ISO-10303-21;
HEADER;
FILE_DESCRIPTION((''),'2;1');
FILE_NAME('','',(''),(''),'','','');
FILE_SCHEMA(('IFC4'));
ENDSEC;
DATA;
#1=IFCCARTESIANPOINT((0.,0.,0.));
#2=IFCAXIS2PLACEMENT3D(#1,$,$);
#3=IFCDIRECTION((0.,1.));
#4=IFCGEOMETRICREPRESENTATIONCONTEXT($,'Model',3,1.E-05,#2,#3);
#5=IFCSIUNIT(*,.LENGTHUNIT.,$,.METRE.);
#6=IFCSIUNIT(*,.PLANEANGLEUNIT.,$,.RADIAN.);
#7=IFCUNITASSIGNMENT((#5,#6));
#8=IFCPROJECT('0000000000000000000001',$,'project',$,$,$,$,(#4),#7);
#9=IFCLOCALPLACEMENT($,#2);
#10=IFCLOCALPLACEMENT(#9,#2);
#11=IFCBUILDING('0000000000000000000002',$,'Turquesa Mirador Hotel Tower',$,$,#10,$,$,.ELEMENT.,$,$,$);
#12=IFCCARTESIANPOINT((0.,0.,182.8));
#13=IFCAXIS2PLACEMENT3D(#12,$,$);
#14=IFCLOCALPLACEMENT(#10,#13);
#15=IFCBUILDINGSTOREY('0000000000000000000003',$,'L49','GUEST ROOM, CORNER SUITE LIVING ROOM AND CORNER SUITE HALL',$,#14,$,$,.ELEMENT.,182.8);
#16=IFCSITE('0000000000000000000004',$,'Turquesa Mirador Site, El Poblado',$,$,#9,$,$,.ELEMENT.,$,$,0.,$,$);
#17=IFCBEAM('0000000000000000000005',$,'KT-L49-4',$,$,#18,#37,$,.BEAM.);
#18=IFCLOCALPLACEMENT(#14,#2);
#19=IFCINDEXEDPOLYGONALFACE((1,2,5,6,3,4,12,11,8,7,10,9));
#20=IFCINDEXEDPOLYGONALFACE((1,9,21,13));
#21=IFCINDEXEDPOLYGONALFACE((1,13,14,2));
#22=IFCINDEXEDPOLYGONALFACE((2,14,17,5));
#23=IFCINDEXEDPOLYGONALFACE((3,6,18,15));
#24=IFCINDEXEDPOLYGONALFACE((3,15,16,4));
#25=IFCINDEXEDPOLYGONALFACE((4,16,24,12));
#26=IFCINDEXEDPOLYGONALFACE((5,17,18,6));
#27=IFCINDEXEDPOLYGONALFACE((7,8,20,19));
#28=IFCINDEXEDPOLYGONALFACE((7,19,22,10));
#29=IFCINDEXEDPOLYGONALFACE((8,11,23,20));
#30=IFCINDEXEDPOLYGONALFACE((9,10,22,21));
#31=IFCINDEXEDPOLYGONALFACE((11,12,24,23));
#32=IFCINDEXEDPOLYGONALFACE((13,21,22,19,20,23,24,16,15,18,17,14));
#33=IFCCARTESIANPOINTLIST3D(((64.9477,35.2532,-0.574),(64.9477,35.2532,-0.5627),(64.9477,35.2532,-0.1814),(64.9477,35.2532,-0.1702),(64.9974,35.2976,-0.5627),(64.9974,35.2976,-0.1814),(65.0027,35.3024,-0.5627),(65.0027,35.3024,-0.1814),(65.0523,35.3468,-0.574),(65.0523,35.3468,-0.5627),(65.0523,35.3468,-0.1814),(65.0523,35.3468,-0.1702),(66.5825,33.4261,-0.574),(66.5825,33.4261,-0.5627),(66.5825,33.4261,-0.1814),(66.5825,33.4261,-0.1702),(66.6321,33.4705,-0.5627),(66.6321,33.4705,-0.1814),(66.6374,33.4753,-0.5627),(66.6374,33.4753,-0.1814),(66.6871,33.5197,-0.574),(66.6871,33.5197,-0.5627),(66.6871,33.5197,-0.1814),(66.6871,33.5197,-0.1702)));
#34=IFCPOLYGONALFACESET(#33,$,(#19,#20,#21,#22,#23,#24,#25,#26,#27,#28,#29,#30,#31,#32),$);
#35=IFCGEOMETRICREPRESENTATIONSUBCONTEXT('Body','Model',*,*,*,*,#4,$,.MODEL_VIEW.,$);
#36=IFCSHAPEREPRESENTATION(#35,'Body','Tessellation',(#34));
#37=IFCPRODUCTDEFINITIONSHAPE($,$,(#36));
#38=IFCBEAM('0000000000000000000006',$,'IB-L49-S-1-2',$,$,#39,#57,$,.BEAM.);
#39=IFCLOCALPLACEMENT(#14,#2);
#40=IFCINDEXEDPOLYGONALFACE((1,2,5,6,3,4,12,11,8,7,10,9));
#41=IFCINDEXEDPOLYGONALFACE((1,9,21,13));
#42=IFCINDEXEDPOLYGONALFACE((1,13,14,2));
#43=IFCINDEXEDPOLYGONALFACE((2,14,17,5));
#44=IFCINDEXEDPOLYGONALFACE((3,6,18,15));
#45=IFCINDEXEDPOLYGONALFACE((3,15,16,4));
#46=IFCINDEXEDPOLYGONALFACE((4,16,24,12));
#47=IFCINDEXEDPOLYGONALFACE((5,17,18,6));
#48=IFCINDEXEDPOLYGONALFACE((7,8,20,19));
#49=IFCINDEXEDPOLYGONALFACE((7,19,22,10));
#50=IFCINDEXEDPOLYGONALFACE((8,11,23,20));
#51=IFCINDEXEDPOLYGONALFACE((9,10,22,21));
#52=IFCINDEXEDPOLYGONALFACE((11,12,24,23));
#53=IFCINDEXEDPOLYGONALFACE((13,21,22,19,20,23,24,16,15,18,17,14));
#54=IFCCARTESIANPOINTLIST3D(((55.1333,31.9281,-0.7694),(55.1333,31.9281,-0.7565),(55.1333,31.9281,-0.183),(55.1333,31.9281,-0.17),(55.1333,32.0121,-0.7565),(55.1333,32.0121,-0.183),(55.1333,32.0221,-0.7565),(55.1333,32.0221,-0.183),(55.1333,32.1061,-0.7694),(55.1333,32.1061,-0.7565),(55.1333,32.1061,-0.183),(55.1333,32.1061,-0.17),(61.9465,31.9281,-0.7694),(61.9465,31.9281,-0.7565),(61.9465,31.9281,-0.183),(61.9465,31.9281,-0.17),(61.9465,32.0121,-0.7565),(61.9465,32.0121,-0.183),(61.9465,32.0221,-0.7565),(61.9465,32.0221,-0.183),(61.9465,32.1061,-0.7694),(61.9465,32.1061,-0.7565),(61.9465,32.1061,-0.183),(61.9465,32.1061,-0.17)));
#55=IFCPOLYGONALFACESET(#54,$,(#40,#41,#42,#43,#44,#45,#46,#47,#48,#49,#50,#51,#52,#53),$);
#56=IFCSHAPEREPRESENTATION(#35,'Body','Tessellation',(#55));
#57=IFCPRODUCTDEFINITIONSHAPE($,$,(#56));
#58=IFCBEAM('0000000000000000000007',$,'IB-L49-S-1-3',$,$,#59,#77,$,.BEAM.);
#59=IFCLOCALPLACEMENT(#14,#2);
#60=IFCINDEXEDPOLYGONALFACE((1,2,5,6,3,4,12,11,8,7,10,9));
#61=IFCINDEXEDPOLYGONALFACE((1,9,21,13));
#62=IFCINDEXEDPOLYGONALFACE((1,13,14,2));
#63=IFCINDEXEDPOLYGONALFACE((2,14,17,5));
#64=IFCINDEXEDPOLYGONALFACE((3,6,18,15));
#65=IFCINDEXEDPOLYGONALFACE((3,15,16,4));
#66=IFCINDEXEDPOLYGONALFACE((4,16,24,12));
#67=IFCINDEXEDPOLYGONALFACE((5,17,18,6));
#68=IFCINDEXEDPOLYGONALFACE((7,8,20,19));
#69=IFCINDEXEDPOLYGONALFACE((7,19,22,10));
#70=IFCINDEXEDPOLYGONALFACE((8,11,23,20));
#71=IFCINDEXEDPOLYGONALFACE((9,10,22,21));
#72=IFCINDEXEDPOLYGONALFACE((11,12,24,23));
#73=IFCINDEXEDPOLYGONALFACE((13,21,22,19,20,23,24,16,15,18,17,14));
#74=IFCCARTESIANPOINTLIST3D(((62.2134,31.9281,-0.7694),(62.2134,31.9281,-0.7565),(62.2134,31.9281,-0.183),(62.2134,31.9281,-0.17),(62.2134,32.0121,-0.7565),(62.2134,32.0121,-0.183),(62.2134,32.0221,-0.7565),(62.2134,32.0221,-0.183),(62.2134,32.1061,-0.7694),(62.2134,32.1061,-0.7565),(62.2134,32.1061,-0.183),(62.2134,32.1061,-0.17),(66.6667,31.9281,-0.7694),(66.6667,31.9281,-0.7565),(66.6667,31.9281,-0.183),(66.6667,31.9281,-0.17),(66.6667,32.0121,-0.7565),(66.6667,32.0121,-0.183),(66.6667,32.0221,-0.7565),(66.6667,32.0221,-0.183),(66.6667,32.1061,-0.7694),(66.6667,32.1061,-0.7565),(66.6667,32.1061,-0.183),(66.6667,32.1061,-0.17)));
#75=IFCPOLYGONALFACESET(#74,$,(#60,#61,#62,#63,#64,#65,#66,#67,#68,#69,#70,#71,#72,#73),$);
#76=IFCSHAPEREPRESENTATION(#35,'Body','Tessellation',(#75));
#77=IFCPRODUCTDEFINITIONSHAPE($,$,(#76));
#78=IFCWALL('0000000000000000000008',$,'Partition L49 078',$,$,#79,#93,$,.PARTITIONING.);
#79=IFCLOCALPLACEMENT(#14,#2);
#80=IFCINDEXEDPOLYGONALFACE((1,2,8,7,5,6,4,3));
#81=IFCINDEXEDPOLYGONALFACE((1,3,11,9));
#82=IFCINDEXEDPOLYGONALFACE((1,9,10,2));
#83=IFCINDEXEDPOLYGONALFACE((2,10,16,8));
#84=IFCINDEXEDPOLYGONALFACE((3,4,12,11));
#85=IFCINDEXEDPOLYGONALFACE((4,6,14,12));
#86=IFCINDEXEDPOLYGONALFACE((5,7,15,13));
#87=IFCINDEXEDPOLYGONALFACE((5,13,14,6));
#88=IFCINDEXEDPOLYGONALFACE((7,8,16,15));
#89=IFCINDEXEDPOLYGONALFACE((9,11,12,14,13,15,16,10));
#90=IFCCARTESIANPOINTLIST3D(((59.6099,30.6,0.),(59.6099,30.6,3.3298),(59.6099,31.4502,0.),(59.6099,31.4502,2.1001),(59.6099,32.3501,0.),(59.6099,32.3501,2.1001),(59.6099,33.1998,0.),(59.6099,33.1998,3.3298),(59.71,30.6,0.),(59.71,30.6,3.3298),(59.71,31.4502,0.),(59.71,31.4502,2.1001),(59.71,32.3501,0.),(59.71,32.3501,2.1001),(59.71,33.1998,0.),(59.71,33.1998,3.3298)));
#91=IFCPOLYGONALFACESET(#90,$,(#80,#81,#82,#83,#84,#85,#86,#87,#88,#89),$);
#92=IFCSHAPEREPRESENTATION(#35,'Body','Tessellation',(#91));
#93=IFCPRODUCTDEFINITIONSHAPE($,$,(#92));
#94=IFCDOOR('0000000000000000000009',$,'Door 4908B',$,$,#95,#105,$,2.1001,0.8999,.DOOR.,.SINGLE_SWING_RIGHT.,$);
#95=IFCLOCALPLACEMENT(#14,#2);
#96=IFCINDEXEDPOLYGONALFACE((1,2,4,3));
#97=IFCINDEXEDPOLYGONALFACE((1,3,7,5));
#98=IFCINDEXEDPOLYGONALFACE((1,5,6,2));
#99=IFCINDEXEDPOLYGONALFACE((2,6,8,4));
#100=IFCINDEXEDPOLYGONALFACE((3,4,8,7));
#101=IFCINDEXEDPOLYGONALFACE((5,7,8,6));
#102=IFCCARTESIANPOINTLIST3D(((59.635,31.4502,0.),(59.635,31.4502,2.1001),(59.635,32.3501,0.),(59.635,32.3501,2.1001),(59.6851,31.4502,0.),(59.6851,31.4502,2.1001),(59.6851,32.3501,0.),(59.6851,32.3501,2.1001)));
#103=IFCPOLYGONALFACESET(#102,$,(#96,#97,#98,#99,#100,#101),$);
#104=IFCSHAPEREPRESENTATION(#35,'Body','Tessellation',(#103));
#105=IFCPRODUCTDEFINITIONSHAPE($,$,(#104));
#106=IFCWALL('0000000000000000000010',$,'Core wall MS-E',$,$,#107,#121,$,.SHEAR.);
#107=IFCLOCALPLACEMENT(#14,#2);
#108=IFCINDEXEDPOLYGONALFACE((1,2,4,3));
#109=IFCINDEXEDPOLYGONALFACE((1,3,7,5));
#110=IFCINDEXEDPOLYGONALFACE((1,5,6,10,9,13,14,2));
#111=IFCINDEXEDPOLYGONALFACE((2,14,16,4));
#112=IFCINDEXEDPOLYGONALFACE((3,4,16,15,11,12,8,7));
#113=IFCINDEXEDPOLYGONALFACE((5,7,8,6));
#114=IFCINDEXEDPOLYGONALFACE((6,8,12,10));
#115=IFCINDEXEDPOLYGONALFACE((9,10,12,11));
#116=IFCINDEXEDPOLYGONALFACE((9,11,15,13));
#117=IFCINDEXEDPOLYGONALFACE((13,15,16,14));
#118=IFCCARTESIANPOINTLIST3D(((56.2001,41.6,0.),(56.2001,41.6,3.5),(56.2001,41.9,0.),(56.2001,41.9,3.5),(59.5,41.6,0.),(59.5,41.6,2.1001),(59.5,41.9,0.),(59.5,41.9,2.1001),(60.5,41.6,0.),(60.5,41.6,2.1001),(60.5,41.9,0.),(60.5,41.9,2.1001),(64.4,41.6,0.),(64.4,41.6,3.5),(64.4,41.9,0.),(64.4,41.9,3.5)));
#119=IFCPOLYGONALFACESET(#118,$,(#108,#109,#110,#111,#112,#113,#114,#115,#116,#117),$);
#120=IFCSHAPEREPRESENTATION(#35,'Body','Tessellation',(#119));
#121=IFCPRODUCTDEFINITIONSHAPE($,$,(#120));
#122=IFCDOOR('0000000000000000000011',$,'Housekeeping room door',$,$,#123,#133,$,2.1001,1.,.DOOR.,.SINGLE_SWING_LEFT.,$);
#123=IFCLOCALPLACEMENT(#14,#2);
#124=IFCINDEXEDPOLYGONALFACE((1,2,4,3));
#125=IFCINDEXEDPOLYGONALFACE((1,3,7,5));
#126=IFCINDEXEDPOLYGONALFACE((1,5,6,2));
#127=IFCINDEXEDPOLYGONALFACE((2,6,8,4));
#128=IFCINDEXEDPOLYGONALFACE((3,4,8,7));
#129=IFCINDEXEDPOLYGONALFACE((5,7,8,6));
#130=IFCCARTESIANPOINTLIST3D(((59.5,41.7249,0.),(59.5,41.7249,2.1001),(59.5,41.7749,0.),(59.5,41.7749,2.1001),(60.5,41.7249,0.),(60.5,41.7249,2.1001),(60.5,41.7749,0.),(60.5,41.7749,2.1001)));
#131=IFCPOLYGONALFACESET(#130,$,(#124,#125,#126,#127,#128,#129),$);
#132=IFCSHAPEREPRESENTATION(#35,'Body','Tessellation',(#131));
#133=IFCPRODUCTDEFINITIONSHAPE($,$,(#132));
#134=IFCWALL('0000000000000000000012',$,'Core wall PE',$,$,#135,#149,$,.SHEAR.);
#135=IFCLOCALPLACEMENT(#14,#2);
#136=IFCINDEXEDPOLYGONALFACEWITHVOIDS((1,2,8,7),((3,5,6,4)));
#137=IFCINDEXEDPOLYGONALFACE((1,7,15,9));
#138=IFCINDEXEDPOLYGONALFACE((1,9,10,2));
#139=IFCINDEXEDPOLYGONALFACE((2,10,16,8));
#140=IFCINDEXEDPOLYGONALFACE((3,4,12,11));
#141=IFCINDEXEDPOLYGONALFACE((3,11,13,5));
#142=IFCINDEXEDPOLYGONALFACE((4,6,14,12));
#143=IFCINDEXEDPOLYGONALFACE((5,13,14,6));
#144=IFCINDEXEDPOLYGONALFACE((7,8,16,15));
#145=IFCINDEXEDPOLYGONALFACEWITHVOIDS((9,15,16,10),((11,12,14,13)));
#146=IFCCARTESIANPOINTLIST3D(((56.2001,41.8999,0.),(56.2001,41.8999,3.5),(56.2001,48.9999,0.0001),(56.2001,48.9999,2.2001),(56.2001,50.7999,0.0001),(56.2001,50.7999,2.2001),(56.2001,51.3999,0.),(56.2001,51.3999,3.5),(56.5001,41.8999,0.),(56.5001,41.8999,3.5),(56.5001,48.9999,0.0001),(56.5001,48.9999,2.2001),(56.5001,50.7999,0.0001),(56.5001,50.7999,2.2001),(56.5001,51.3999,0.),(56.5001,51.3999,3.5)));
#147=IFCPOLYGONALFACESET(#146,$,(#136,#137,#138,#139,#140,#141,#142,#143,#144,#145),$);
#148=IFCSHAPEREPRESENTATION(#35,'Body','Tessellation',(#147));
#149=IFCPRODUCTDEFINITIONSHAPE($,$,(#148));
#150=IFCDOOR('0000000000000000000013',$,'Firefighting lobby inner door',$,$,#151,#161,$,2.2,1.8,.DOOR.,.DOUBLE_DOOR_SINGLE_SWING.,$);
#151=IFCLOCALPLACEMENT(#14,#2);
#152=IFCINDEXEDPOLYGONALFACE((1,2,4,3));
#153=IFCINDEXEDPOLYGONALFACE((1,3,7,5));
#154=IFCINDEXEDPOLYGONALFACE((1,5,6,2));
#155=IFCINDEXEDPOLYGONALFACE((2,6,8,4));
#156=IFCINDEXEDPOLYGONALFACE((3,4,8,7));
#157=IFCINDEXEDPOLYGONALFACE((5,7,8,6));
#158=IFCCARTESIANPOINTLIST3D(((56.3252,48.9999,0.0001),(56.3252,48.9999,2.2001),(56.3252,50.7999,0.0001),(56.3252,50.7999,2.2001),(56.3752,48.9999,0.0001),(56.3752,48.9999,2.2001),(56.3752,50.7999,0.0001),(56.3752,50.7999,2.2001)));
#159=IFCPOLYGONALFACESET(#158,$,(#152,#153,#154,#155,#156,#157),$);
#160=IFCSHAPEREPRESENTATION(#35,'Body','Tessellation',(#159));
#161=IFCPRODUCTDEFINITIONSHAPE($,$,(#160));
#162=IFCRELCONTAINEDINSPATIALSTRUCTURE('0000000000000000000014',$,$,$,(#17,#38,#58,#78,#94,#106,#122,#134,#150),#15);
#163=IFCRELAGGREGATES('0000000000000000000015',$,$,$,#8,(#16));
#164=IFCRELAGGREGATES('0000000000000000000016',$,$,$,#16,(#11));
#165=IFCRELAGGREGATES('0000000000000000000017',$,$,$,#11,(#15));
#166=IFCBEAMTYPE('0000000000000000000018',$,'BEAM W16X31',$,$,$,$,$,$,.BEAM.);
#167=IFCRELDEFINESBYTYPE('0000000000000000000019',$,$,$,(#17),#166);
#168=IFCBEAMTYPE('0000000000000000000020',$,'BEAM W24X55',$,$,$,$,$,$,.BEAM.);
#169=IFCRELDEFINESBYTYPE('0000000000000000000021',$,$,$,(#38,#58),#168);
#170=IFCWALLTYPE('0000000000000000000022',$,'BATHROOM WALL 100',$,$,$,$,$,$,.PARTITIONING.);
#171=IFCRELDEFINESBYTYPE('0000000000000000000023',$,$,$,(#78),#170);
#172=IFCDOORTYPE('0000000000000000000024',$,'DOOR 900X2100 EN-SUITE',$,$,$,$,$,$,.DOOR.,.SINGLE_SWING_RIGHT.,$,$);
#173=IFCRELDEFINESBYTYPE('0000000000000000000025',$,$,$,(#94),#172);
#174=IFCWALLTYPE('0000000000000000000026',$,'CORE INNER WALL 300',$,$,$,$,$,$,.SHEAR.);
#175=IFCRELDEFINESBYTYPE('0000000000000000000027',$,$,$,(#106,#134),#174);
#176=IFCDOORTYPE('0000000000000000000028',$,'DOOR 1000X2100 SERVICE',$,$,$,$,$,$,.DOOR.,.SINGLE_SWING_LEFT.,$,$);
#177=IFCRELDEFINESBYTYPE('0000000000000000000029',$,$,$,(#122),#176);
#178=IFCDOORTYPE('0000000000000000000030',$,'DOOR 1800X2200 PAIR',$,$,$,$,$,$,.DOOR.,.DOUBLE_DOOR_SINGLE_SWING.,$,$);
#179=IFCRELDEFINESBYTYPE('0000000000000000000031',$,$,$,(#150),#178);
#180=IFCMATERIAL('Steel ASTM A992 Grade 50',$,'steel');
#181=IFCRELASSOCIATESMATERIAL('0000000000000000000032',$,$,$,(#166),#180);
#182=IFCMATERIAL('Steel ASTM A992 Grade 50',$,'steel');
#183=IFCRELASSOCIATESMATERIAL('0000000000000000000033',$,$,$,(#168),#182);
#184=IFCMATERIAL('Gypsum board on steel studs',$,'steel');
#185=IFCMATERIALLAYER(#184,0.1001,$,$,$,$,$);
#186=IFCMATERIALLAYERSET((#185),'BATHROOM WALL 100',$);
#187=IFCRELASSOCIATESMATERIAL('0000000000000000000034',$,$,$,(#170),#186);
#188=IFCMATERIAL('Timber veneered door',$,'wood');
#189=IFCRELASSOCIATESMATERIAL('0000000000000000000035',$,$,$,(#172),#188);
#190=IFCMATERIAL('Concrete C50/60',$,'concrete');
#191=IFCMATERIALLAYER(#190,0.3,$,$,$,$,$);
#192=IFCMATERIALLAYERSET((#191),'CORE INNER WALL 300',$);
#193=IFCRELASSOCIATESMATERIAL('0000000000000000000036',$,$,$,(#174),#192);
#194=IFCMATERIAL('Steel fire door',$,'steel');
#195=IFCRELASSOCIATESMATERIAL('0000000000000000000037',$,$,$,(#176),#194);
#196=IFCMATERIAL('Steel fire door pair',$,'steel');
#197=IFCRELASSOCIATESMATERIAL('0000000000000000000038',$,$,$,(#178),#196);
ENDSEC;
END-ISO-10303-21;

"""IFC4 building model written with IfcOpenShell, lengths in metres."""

from ifc_helpers import new_model, si_unit, direction, frame, frame_2d, origin, origin_2d, place, context, subcontext, project, spatial, rectangle, i_section, extrude, material, layer, layer_set, material_profile, profile_set, type_object, element, fill, save


model = new_model("IFC4")

# Units and contexts
model_context = context("Model", 3, precision=1e-05, world=origin(), true_north=direction((0.0, 1.0)))
body_context = subcontext(model_context, "Body", "Model", "MODEL_VIEW")
ifc_project = project(units=[si_unit("LENGTHUNIT", "METRE"), si_unit("PLANEANGLEUNIT", "RADIAN")], contexts=[model_context])

# Site, building, storey
site_placement = place(None, origin())
site = spatial("IfcSite", under=ifc_project, at=site_placement, Name="Turquesa Mirador Site, El Poblado", CompositionType="ELEMENT", RefElevation=0.0)
building_placement = place(site_placement, origin())
building = spatial("IfcBuilding", under=site, at=building_placement, Name="Turquesa Mirador Hotel Tower", CompositionType="ELEMENT")
storey_placement = place(building_placement, frame((0.0, 0.0, 182.8)))
storey = spatial("IfcBuildingStorey", under=building, at=storey_placement, Name="L49", Description="GUEST ROOM, CORNER SUITE LIVING ROOM AND CORNER SUITE HALL", CompositionType="ELEMENT", Elevation=182.8)

# Beams
ifc_material_1 = material(Name="Steel ASTM A992 Grade 50", Category="steel")
ifc_material_profile_1 = material_profile(ifc_material_1, i_section(OverallWidth=0.1404, OverallDepth=0.4038, WebThickness=0.0071, FlangeThickness=0.0112, at=origin_2d()), Name="W16X31")
ifc_profile_set_1 = profile_set([ifc_material_profile_1], Name="Steel ASTM A992 Grade 50")
beam_type_1 = type_object("IfcBeamType", Name="BEAM W16X31", PredefinedType="BEAM", material=ifc_profile_set_1)
beam_1_placement = place(storey_placement, frame((66.6348, 33.4729, -0.3721), z_axis=(-0.666783, 0.745252, 0.0), x_axis=(-0.745252, -0.666783, 0.0)))
element("IfcBeam", 1, at=beam_1_placement, inside=storey, type_object=beam_type_1, Name="KT-L49-4", PredefinedType="BEAM", context=body_context, shape_type="SweptSolid", body=[
    extrude(i_section(OverallWidth=0.1404, OverallDepth=0.4038, WebThickness=0.0071, FlangeThickness=0.0112, at=origin_2d()), origin(), (0.0, 0.0, 1.0), 2.4517),
])
ifc_material_2 = material(Name="Steel ASTM A992 Grade 50", Category="steel")
ifc_material_profile_2 = material_profile(ifc_material_2, i_section(OverallWidth=0.178, OverallDepth=0.5994, WebThickness=0.01, FlangeThickness=0.0129, at=origin_2d()), Name="W24X55")
ifc_profile_set_2 = profile_set([ifc_material_profile_2], Name="Steel ASTM A992 Grade 50")
beam_type_2 = type_object("IfcBeamType", Name="BEAM W24X55", PredefinedType="BEAM", material=ifc_profile_set_2)
beam_2_placement = place(storey_placement, frame((55.1333, 32.0171, -0.4697), z_axis=(1.0, 0.0, 0.0), x_axis=(0.0, 1.0, 0.0)))
element("IfcBeam", 2, at=beam_2_placement, inside=storey, type_object=beam_type_2, Name="IB-L49-S-1-2", PredefinedType="BEAM", context=body_context, shape_type="SweptSolid", body=[
    extrude(i_section(OverallWidth=0.178, OverallDepth=0.5994, WebThickness=0.01, FlangeThickness=0.0129, at=origin_2d()), origin(), (0.0, 0.0, 1.0), 6.8132),
])
beam_3_placement = place(storey_placement, frame((62.2134, 32.0171, -0.4697), z_axis=(1.0, 0.0, 0.0), x_axis=(0.0, 1.0, 0.0)))
element("IfcBeam", 3, at=beam_3_placement, inside=storey, type_object=beam_type_2, Name="IB-L49-S-1-3", PredefinedType="BEAM", context=body_context, shape_type="SweptSolid", body=[
    extrude(i_section(OverallWidth=0.178, OverallDepth=0.5994, WebThickness=0.01, FlangeThickness=0.0129, at=origin_2d()), origin(), (0.0, 0.0, 1.0), 4.4534),
])

# Walls, openings, doors
ifc_material_3 = material(Name="Gypsum board on steel studs", Category="steel")
ifc_layer_1 = layer(ifc_material_3, 0.1001)
ifc_layer_set_1 = layer_set([ifc_layer_1], Name="BATHROOM WALL 100")
wall_type_1 = type_object("IfcWallType", Name="BATHROOM WALL 100", PredefinedType="PARTITIONING", material=ifc_layer_set_1)
wall_1_placement = place(storey_placement, frame((59.6599, 30.6001, 0.0), z_axis=(0.0, 0.0, 1.0), x_axis=(0.0, 1.0, 0.0)))
wall_1 = element("IfcWall", 4, at=wall_1_placement, inside=storey, type_object=wall_type_1, Name="Partition L49 078", PredefinedType="PARTITIONING", context=body_context, shape_type="SweptSolid", body=[
    extrude(rectangle(XDim=2.5999, YDim=0.1001, at=frame_2d((1.2998, 0.0))), origin(), (0.0, 0.0, 1.0), 3.3298),
])
opening_1_placement = place(wall_1_placement, frame((0.8501, 0.0, 0.0)))
opening_1 = element("IfcOpeningElement", 5, at=opening_1_placement, cuts=wall_1, PredefinedType="OPENING", context=body_context, shape_type="SweptSolid", body=[
    extrude(rectangle(XDim=0.8999, YDim=2.1001, at=frame_2d((0.45, 1.05))), frame((0.0, 0.0601, 0.0), z_axis=(0.0, -1.0, 0.0), x_axis=(1.0, 0.0, 0.0)), (0.0, 0.0, 1.0), 0.1201),
])
ifc_material_4 = material(Name="Timber veneered door", Category="wood")
door_type_1 = type_object("IfcDoorType", Name="DOOR 900X2100 EN-SUITE", OperationType="SINGLE_SWING_RIGHT", PredefinedType="DOOR", material=ifc_material_4)
door_1_placement = place(opening_1_placement, origin())
door_1 = element("IfcDoor", 6, at=door_1_placement, inside=storey, type_object=door_type_1, Name="Door 4908B", OperationType="SINGLE_SWING_RIGHT", OverallHeight=2.1001, OverallWidth=0.8999, PredefinedType="DOOR", context=body_context, shape_type="SweptSolid", body=[
    extrude(rectangle(XDim=0.8999, YDim=2.1001, at=frame_2d((0.45, 1.05))), frame((0.0, 0.0249, 0.0), z_axis=(0.0, -1.0, 0.0), x_axis=(1.0, 0.0, 0.0)), (0.0, 0.0, 1.0), 0.05),
])
fill(opening_1, door_1)
ifc_material_5 = material(Name="Concrete C50/60", Category="concrete")
ifc_layer_2 = layer(ifc_material_5, 0.3)
ifc_layer_set_2 = layer_set([ifc_layer_2], Name="CORE INNER WALL 300")
wall_type_2 = type_object("IfcWallType", Name="CORE INNER WALL 300", PredefinedType="SHEAR", material=ifc_layer_set_2)
wall_2_placement = place(storey_placement, frame((56.2, 41.75, 0.0), z_axis=(0.0, 0.0, 1.0), x_axis=(1.0, 0.0, 0.0)))
wall_2 = element("IfcWall", 7, at=wall_2_placement, inside=storey, type_object=wall_type_2, Name="Core wall MS-E", PredefinedType="SHEAR", context=body_context, shape_type="SweptSolid", body=[
    extrude(rectangle(XDim=8.2, YDim=0.3, at=frame_2d((4.1001, 0.0))), origin(), (0.0, 0.0, 1.0), 3.5),
])
opening_2_placement = place(wall_2_placement, frame((3.3, 0.0, 0.0)))
opening_2 = element("IfcOpeningElement", 8, at=opening_2_placement, cuts=wall_2, PredefinedType="OPENING", context=body_context, shape_type="SweptSolid", body=[
    extrude(rectangle(XDim=1.0, YDim=2.1001, at=frame_2d((0.5, 1.05))), frame((0.0, 0.1599, 0.0), z_axis=(0.0, -1.0, 0.0), x_axis=(1.0, 0.0, 0.0)), (0.0, 0.0, 1.0), 0.3201),
])
ifc_material_6 = material(Name="Steel fire door", Category="steel")
door_type_2 = type_object("IfcDoorType", Name="DOOR 1000X2100 SERVICE", OperationType="SINGLE_SWING_LEFT", PredefinedType="DOOR", material=ifc_material_6)
door_2_placement = place(opening_2_placement, origin())
door_2 = element("IfcDoor", 9, at=door_2_placement, inside=storey, type_object=door_type_2, Name="Housekeeping room door", OperationType="SINGLE_SWING_LEFT", OverallHeight=2.1001, OverallWidth=1.0, PredefinedType="DOOR", context=body_context, shape_type="SweptSolid", body=[
    extrude(rectangle(XDim=1.0, YDim=2.1001, at=frame_2d((0.5, 1.05))), frame((0.0, 0.0249, 0.0), z_axis=(0.0, -1.0, 0.0), x_axis=(1.0, 0.0, 0.0)), (0.0, 0.0, 1.0), 0.05),
])
fill(opening_2, door_2)
wall_3_placement = place(storey_placement, frame((56.3501, 41.8999, 0.0), z_axis=(0.0, 0.0, 1.0), x_axis=(0.0, 1.0, 0.0)))
wall_3 = element("IfcWall", 10, at=wall_3_placement, inside=storey, type_object=wall_type_2, Name="Core wall PE", PredefinedType="SHEAR", context=body_context, shape_type="SweptSolid", body=[
    extrude(rectangle(XDim=9.5, YDim=0.3, at=frame_2d((4.75, 0.0))), origin(), (0.0, 0.0, 1.0), 3.5),
])
opening_3_placement = place(wall_3_placement, frame((7.1001, 0.0, 0.0)))
opening_3 = element("IfcOpeningElement", 11, at=opening_3_placement, cuts=wall_3, PredefinedType="OPENING", context=body_context, shape_type="SweptSolid", body=[
    extrude(rectangle(XDim=1.8, YDim=2.2, at=frame_2d((0.8999, 1.1001))), frame((0.0, 0.1599, 0.0), z_axis=(0.0, -1.0, 0.0), x_axis=(1.0, 0.0, 0.0)), (0.0, 0.0, 1.0), 0.3201),
])
ifc_material_7 = material(Name="Steel fire door pair", Category="steel")
door_type_3 = type_object("IfcDoorType", Name="DOOR 1800X2200 PAIR", OperationType="DOUBLE_DOOR_SINGLE_SWING", PredefinedType="DOOR", material=ifc_material_7)
door_3_placement = place(opening_3_placement, origin())
door_3 = element("IfcDoor", 12, at=door_3_placement, inside=storey, type_object=door_type_3, Name="Firefighting lobby inner door", OperationType="DOUBLE_DOOR_SINGLE_SWING", OverallHeight=2.2, OverallWidth=1.8, PredefinedType="DOOR", context=body_context, shape_type="SweptSolid", body=[
    extrude(rectangle(XDim=1.8, YDim=2.2, at=frame_2d((0.8999, 1.1001))), frame((0.0, 0.0249, 0.0), z_axis=(0.0, -1.0, 0.0), x_axis=(1.0, 0.0, 0.0)), (0.0, 0.0, 1.0), 0.05),
])
fill(opening_3, door_3)

save(model, "model.ifc")
